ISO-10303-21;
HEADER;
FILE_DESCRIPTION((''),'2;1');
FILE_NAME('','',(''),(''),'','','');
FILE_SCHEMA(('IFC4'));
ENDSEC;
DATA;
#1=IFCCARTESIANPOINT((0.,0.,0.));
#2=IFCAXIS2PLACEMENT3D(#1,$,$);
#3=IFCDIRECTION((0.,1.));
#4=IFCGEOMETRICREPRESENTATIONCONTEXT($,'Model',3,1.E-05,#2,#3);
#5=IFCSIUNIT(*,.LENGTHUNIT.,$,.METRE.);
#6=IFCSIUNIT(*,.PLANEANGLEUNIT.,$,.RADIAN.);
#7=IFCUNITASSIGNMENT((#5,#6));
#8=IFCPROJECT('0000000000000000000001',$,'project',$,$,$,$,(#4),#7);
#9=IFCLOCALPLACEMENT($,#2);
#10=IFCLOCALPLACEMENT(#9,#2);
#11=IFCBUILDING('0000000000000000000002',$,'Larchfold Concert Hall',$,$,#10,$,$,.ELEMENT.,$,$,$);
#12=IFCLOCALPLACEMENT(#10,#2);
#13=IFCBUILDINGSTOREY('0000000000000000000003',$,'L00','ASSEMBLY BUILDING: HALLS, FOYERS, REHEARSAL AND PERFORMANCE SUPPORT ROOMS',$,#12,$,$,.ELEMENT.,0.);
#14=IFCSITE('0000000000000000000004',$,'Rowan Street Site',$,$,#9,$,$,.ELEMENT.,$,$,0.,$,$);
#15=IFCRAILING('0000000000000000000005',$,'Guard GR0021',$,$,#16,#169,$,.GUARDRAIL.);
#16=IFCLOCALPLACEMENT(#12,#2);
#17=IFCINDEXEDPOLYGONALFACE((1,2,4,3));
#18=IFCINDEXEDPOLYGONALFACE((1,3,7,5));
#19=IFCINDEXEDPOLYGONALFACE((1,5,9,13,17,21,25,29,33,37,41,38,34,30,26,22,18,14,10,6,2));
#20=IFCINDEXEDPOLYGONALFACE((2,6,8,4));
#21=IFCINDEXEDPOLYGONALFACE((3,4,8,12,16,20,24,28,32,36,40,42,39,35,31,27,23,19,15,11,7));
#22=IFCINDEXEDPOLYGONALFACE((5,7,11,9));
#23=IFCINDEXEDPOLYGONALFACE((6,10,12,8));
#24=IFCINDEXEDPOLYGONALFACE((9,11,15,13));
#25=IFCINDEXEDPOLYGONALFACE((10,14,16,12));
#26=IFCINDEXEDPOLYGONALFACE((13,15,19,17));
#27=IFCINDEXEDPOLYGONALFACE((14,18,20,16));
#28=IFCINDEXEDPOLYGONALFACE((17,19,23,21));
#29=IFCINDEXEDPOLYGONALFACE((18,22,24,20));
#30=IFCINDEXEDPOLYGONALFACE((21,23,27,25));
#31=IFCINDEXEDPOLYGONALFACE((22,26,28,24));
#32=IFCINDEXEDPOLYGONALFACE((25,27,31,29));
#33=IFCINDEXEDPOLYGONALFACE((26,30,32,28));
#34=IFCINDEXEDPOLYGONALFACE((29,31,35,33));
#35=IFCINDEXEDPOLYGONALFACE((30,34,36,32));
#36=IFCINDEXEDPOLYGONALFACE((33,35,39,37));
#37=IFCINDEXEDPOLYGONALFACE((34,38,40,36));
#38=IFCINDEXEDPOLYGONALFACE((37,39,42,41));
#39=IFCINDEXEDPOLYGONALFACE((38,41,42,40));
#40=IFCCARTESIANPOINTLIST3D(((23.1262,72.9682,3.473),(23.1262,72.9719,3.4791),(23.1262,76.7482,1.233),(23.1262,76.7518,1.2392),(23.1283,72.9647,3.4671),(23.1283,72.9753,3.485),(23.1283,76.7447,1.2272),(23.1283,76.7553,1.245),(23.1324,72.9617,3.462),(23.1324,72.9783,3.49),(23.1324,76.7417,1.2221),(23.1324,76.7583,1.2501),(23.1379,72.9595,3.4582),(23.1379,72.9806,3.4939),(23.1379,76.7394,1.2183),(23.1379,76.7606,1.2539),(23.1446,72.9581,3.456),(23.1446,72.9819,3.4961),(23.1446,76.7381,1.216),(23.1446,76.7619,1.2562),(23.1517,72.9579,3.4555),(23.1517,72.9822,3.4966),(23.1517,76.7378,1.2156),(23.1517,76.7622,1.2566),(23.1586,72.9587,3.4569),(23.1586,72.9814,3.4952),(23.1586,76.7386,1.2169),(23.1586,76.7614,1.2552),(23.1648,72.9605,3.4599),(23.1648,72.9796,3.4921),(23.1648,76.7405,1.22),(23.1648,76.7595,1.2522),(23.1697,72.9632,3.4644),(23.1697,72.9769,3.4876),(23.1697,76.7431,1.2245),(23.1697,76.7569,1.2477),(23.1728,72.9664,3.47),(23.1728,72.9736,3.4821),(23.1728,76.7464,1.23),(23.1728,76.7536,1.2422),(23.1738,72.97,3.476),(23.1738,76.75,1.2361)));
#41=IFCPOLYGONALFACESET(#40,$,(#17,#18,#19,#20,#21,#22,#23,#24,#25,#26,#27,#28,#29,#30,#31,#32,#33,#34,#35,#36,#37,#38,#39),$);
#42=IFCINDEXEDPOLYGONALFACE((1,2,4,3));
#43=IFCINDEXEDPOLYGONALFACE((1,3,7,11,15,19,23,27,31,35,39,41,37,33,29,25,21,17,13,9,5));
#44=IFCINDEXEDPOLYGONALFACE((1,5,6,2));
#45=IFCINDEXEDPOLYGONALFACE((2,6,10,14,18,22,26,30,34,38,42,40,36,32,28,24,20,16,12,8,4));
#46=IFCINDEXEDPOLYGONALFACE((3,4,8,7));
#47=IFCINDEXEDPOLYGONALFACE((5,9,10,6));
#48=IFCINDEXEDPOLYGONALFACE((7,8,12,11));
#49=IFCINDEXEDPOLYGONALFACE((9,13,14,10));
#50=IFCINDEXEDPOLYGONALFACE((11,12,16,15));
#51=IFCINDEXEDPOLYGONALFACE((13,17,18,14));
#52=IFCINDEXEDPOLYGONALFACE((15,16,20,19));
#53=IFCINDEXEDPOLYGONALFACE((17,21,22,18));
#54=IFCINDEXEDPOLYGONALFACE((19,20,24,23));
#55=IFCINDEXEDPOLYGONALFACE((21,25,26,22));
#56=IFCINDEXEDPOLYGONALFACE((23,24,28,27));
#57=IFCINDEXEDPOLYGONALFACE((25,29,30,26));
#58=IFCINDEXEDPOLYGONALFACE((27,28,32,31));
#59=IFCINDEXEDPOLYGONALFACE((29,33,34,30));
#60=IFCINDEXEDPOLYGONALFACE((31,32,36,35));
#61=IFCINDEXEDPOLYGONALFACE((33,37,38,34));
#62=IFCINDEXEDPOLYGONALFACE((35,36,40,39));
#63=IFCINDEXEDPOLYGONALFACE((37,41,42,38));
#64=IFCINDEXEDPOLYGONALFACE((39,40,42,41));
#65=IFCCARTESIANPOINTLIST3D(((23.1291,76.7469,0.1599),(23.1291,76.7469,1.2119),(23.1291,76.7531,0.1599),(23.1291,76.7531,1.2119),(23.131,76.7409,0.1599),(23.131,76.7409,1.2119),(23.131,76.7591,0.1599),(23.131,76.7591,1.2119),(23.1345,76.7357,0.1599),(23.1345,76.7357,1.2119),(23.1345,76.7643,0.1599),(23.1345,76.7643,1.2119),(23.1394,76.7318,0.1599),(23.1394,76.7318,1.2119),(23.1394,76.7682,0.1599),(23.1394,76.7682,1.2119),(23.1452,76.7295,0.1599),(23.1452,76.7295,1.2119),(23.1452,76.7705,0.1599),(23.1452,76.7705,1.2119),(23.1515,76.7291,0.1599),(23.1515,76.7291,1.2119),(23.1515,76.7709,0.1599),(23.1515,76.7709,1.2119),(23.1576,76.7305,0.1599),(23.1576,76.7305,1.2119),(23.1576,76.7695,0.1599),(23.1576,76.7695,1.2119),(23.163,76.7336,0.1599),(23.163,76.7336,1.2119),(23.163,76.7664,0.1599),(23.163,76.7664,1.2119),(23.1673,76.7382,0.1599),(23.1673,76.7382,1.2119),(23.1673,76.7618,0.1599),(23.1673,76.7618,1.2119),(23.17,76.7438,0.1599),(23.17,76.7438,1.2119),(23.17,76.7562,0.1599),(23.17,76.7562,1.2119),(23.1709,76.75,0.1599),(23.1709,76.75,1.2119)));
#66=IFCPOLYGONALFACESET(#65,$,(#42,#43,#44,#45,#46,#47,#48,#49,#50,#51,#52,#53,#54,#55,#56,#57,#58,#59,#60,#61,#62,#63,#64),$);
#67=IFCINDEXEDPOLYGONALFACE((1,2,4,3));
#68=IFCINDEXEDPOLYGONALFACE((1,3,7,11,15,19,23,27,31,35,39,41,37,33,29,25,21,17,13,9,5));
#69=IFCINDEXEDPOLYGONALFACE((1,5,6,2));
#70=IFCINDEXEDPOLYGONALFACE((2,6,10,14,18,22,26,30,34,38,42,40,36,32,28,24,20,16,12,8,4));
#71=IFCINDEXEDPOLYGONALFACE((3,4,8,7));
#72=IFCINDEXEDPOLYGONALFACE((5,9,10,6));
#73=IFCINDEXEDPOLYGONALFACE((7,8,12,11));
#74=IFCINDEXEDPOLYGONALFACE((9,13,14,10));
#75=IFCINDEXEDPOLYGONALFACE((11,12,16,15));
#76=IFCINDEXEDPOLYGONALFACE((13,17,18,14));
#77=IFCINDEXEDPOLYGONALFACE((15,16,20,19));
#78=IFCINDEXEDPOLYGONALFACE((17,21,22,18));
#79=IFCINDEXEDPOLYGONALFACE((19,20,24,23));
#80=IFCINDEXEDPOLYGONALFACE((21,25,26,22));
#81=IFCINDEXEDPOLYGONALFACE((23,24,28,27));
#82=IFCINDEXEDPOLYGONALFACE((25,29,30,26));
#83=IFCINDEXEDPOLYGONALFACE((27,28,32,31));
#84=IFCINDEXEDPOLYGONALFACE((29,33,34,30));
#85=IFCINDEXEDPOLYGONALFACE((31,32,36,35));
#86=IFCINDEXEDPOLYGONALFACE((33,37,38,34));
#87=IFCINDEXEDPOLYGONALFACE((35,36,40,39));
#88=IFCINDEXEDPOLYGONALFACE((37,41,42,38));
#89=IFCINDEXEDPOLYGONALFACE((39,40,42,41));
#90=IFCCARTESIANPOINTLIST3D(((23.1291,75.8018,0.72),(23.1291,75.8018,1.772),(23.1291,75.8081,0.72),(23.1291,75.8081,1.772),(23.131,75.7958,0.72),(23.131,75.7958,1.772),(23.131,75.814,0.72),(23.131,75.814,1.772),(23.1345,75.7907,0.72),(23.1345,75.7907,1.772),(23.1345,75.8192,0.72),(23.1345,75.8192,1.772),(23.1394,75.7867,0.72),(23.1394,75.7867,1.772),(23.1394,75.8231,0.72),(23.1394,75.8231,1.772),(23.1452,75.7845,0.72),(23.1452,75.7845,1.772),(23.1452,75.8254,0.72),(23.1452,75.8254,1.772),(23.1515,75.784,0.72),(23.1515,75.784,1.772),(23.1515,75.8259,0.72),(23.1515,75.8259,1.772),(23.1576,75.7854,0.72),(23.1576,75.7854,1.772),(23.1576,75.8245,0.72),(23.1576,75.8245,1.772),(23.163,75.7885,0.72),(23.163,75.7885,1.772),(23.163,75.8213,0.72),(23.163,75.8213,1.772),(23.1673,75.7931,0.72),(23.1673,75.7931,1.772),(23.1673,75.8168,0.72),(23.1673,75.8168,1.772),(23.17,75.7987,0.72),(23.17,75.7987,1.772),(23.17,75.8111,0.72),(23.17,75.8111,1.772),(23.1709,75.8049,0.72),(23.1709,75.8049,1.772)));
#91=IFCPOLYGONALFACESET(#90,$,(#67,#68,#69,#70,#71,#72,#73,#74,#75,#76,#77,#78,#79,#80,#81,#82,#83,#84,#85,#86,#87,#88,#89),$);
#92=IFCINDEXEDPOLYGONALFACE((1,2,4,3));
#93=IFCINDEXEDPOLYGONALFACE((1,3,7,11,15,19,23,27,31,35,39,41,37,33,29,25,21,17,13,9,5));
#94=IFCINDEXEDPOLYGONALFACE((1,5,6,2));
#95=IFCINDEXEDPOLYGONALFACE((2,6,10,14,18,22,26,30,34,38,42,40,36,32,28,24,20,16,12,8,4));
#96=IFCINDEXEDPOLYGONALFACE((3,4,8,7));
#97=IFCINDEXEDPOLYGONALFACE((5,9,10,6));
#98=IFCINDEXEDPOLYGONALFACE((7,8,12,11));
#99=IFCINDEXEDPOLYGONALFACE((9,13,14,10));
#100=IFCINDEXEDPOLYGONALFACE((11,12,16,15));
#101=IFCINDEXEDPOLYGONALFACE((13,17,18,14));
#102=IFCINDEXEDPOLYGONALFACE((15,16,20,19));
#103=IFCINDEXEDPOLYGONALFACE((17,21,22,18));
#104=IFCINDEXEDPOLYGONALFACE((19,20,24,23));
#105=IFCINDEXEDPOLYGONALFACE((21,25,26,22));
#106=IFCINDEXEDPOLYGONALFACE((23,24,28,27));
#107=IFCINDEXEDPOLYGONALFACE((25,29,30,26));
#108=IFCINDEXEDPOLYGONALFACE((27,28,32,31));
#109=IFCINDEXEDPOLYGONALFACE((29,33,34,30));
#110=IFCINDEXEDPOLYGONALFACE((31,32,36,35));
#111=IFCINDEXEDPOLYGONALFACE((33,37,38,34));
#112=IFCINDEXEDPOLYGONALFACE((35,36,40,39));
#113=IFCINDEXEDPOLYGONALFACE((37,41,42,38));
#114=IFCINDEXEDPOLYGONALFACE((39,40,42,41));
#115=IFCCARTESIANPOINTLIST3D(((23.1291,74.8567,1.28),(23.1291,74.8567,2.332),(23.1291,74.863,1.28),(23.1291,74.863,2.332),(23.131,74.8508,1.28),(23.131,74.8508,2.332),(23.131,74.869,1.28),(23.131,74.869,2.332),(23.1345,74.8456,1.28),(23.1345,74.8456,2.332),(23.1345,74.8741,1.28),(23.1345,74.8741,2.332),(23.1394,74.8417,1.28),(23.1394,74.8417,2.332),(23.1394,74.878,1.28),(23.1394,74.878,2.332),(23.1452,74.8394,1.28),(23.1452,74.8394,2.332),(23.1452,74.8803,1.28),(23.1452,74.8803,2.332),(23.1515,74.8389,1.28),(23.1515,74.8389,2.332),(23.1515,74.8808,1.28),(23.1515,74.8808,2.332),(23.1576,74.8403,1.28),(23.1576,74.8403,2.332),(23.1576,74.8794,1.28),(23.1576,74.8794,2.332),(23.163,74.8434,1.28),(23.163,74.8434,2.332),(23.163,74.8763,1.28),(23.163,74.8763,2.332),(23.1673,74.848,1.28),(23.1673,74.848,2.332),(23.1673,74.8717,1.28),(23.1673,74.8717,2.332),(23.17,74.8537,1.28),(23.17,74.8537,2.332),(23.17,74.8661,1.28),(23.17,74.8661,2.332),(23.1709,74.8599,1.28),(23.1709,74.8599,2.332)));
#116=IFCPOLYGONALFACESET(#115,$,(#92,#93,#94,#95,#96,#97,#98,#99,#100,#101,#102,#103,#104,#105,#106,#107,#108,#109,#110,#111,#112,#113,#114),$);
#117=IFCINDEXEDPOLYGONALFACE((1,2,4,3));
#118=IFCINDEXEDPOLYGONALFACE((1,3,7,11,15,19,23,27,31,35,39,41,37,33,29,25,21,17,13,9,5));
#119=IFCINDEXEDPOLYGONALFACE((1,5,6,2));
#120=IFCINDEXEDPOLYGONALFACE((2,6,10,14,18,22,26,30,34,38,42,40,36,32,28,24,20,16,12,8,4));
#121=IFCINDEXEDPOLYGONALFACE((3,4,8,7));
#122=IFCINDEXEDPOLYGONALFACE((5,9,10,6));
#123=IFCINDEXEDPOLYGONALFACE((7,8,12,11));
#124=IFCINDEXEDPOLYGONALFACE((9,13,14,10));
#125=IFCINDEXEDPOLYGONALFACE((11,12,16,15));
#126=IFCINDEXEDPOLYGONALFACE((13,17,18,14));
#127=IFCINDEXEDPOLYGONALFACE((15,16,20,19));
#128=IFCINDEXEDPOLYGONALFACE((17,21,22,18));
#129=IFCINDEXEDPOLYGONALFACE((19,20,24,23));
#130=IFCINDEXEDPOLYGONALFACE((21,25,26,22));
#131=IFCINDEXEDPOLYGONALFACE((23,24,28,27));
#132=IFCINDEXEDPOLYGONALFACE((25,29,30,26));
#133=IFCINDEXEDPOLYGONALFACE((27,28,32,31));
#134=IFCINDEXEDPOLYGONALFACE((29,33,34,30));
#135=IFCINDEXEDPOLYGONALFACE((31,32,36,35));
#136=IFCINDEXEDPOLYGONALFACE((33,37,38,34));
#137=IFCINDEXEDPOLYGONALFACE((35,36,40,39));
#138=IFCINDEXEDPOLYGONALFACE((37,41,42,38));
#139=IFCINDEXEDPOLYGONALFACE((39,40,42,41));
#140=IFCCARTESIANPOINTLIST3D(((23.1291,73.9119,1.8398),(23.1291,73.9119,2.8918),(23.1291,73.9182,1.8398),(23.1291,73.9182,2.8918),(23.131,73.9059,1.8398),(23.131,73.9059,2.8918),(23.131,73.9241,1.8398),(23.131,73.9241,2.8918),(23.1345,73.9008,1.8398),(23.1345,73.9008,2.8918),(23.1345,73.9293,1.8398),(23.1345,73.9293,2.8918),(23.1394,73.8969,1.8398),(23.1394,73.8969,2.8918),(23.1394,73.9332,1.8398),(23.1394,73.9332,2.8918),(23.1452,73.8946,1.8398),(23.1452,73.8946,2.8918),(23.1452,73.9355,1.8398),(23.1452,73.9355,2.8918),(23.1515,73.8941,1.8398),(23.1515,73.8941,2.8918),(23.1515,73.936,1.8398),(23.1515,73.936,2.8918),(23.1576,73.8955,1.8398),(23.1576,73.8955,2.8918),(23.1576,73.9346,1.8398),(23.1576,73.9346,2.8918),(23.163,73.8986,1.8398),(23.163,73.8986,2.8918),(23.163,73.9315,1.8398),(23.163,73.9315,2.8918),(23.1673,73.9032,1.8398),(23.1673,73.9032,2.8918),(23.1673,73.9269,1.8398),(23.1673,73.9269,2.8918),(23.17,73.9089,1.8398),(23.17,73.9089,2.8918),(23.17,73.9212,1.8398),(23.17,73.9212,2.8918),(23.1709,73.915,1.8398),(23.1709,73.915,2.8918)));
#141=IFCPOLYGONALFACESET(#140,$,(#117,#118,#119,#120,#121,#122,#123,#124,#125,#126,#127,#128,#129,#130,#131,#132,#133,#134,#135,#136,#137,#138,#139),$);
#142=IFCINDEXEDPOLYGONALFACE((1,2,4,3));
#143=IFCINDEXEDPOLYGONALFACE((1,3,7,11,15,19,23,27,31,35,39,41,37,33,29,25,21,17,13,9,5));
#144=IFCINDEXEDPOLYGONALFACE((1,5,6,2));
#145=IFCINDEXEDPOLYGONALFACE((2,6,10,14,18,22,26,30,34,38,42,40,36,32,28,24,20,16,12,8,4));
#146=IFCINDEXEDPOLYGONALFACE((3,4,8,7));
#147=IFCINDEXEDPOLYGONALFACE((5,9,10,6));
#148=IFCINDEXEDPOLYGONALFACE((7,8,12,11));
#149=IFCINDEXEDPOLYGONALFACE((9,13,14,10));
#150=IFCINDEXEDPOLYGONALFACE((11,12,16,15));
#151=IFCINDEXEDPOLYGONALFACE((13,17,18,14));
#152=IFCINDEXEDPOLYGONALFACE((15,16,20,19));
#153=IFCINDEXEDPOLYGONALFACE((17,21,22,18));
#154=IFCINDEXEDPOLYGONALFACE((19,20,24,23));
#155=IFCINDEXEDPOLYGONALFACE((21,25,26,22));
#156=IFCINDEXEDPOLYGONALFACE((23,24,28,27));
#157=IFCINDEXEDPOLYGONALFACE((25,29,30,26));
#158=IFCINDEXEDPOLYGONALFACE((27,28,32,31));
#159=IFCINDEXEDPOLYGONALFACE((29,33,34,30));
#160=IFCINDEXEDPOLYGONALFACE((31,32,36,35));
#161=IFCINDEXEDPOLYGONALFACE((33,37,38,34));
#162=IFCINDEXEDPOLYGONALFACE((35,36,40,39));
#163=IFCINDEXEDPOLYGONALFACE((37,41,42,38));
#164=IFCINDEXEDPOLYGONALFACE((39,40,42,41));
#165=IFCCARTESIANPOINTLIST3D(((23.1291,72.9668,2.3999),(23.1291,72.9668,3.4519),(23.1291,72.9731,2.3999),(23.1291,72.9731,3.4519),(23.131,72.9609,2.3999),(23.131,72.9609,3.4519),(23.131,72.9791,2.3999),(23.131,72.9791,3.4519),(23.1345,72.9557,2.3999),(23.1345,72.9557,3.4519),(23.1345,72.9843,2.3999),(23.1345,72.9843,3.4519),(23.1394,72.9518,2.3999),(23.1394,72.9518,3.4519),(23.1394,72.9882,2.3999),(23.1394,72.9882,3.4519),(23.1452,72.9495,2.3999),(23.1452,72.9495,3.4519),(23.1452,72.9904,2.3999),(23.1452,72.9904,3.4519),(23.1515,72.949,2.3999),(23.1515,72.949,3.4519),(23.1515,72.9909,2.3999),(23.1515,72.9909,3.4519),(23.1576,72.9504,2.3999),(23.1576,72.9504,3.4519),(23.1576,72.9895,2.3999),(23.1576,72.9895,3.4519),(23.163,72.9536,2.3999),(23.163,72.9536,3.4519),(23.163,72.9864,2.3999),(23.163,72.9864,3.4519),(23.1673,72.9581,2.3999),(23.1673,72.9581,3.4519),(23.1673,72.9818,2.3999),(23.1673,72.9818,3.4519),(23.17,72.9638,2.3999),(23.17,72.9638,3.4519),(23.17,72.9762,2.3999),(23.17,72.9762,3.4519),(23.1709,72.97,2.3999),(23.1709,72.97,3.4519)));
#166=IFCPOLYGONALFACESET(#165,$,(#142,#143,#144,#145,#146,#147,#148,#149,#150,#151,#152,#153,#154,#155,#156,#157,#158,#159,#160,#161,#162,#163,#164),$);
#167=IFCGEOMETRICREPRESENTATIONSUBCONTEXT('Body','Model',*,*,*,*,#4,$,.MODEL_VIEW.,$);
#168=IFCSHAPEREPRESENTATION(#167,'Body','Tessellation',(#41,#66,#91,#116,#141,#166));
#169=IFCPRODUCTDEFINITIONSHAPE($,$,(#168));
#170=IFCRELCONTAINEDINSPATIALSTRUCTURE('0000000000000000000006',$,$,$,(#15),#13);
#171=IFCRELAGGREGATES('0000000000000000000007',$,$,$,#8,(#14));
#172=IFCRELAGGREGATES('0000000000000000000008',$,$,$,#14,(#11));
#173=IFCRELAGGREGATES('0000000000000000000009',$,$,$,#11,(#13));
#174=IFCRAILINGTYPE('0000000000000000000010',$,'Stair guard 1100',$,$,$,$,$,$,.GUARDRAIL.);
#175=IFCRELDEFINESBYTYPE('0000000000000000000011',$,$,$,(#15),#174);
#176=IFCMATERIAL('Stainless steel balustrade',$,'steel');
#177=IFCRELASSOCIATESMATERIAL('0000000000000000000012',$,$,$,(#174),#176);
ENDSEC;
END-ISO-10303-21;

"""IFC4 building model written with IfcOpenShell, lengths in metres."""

from ifc_helpers import new_model, si_unit, direction, frame, origin, origin_2d, place, context, subcontext, project, spatial, circle, extrude, material, type_object, element, save


model = new_model("IFC4")

# Units and contexts
model_context = context("Model", 3, precision=1e-05, world=origin(), true_north=direction((0.0, 1.0)))
body_context = subcontext(model_context, "Body", "Model", "MODEL_VIEW")
ifc_project = project(units=[si_unit("LENGTHUNIT", "METRE"), si_unit("PLANEANGLEUNIT", "RADIAN")], contexts=[model_context])

# Site, building, storey
site_placement = place(None, origin())
site = spatial("IfcSite", under=ifc_project, at=site_placement, Name="Rowan Street Site", CompositionType="ELEMENT", RefElevation=0.0)
building_placement = place(site_placement, origin())
building = spatial("IfcBuilding", under=site, at=building_placement, Name="Larchfold Concert Hall", CompositionType="ELEMENT")
storey_placement = place(building_placement, origin())
storey = spatial("IfcBuildingStorey", under=building, at=storey_placement, Name="L00", Description="ASSEMBLY BUILDING: HALLS, FOYERS, REHEARSAL AND PERFORMANCE SUPPORT ROOMS", CompositionType="ELEMENT", Elevation=0.0)

# Railing
ifc_material_1 = material(Name="Stainless steel balustrade", Category="steel")
railing_type_1 = type_object("IfcRailingType", Name="Stair guard 1100", PredefinedType="GUARDRAIL", material=ifc_material_1)
railing_1_placement = place(storey_placement, frame((23.1499, 76.75, 0.1599)))
element("IfcRailing", 1, at=railing_1_placement, inside=storey, type_object=railing_type_1, Name="Guard GR0021", PredefinedType="GUARDRAIL", context=body_context, shape_type="SweptSolid", body=[
    extrude(circle(Radius=0.0239, at=origin_2d()), frame((0.0, 0.0, 1.0762), z_axis=(0.0, -0.860294, 0.509798), x_axis=(1.0, 0.0, 0.0)), (0.0, 0.0, 1.0), 4.3938),
    extrude(circle(Radius=0.021, at=origin_2d()), origin(), (0.0, 0.0, 1.0), 1.052),
    extrude(circle(Radius=0.021, at=origin_2d()), frame((0.0, -0.9451, 0.5601)), (0.0, 0.0, 1.0), 1.052),
    extrude(circle(Radius=0.021, at=origin_2d()), frame((0.0, -1.8901, 1.1201)), (0.0, 0.0, 1.0), 1.052),
    extrude(circle(Radius=0.021, at=origin_2d()), frame((0.0, -2.835, 1.6799)), (0.0, 0.0, 1.0), 1.052),
    extrude(circle(Radius=0.021, at=origin_2d()), frame((0.0, -3.78, 2.24)), (0.0, 0.0, 1.0), 1.052),
])

save(model, "model.ifc")
